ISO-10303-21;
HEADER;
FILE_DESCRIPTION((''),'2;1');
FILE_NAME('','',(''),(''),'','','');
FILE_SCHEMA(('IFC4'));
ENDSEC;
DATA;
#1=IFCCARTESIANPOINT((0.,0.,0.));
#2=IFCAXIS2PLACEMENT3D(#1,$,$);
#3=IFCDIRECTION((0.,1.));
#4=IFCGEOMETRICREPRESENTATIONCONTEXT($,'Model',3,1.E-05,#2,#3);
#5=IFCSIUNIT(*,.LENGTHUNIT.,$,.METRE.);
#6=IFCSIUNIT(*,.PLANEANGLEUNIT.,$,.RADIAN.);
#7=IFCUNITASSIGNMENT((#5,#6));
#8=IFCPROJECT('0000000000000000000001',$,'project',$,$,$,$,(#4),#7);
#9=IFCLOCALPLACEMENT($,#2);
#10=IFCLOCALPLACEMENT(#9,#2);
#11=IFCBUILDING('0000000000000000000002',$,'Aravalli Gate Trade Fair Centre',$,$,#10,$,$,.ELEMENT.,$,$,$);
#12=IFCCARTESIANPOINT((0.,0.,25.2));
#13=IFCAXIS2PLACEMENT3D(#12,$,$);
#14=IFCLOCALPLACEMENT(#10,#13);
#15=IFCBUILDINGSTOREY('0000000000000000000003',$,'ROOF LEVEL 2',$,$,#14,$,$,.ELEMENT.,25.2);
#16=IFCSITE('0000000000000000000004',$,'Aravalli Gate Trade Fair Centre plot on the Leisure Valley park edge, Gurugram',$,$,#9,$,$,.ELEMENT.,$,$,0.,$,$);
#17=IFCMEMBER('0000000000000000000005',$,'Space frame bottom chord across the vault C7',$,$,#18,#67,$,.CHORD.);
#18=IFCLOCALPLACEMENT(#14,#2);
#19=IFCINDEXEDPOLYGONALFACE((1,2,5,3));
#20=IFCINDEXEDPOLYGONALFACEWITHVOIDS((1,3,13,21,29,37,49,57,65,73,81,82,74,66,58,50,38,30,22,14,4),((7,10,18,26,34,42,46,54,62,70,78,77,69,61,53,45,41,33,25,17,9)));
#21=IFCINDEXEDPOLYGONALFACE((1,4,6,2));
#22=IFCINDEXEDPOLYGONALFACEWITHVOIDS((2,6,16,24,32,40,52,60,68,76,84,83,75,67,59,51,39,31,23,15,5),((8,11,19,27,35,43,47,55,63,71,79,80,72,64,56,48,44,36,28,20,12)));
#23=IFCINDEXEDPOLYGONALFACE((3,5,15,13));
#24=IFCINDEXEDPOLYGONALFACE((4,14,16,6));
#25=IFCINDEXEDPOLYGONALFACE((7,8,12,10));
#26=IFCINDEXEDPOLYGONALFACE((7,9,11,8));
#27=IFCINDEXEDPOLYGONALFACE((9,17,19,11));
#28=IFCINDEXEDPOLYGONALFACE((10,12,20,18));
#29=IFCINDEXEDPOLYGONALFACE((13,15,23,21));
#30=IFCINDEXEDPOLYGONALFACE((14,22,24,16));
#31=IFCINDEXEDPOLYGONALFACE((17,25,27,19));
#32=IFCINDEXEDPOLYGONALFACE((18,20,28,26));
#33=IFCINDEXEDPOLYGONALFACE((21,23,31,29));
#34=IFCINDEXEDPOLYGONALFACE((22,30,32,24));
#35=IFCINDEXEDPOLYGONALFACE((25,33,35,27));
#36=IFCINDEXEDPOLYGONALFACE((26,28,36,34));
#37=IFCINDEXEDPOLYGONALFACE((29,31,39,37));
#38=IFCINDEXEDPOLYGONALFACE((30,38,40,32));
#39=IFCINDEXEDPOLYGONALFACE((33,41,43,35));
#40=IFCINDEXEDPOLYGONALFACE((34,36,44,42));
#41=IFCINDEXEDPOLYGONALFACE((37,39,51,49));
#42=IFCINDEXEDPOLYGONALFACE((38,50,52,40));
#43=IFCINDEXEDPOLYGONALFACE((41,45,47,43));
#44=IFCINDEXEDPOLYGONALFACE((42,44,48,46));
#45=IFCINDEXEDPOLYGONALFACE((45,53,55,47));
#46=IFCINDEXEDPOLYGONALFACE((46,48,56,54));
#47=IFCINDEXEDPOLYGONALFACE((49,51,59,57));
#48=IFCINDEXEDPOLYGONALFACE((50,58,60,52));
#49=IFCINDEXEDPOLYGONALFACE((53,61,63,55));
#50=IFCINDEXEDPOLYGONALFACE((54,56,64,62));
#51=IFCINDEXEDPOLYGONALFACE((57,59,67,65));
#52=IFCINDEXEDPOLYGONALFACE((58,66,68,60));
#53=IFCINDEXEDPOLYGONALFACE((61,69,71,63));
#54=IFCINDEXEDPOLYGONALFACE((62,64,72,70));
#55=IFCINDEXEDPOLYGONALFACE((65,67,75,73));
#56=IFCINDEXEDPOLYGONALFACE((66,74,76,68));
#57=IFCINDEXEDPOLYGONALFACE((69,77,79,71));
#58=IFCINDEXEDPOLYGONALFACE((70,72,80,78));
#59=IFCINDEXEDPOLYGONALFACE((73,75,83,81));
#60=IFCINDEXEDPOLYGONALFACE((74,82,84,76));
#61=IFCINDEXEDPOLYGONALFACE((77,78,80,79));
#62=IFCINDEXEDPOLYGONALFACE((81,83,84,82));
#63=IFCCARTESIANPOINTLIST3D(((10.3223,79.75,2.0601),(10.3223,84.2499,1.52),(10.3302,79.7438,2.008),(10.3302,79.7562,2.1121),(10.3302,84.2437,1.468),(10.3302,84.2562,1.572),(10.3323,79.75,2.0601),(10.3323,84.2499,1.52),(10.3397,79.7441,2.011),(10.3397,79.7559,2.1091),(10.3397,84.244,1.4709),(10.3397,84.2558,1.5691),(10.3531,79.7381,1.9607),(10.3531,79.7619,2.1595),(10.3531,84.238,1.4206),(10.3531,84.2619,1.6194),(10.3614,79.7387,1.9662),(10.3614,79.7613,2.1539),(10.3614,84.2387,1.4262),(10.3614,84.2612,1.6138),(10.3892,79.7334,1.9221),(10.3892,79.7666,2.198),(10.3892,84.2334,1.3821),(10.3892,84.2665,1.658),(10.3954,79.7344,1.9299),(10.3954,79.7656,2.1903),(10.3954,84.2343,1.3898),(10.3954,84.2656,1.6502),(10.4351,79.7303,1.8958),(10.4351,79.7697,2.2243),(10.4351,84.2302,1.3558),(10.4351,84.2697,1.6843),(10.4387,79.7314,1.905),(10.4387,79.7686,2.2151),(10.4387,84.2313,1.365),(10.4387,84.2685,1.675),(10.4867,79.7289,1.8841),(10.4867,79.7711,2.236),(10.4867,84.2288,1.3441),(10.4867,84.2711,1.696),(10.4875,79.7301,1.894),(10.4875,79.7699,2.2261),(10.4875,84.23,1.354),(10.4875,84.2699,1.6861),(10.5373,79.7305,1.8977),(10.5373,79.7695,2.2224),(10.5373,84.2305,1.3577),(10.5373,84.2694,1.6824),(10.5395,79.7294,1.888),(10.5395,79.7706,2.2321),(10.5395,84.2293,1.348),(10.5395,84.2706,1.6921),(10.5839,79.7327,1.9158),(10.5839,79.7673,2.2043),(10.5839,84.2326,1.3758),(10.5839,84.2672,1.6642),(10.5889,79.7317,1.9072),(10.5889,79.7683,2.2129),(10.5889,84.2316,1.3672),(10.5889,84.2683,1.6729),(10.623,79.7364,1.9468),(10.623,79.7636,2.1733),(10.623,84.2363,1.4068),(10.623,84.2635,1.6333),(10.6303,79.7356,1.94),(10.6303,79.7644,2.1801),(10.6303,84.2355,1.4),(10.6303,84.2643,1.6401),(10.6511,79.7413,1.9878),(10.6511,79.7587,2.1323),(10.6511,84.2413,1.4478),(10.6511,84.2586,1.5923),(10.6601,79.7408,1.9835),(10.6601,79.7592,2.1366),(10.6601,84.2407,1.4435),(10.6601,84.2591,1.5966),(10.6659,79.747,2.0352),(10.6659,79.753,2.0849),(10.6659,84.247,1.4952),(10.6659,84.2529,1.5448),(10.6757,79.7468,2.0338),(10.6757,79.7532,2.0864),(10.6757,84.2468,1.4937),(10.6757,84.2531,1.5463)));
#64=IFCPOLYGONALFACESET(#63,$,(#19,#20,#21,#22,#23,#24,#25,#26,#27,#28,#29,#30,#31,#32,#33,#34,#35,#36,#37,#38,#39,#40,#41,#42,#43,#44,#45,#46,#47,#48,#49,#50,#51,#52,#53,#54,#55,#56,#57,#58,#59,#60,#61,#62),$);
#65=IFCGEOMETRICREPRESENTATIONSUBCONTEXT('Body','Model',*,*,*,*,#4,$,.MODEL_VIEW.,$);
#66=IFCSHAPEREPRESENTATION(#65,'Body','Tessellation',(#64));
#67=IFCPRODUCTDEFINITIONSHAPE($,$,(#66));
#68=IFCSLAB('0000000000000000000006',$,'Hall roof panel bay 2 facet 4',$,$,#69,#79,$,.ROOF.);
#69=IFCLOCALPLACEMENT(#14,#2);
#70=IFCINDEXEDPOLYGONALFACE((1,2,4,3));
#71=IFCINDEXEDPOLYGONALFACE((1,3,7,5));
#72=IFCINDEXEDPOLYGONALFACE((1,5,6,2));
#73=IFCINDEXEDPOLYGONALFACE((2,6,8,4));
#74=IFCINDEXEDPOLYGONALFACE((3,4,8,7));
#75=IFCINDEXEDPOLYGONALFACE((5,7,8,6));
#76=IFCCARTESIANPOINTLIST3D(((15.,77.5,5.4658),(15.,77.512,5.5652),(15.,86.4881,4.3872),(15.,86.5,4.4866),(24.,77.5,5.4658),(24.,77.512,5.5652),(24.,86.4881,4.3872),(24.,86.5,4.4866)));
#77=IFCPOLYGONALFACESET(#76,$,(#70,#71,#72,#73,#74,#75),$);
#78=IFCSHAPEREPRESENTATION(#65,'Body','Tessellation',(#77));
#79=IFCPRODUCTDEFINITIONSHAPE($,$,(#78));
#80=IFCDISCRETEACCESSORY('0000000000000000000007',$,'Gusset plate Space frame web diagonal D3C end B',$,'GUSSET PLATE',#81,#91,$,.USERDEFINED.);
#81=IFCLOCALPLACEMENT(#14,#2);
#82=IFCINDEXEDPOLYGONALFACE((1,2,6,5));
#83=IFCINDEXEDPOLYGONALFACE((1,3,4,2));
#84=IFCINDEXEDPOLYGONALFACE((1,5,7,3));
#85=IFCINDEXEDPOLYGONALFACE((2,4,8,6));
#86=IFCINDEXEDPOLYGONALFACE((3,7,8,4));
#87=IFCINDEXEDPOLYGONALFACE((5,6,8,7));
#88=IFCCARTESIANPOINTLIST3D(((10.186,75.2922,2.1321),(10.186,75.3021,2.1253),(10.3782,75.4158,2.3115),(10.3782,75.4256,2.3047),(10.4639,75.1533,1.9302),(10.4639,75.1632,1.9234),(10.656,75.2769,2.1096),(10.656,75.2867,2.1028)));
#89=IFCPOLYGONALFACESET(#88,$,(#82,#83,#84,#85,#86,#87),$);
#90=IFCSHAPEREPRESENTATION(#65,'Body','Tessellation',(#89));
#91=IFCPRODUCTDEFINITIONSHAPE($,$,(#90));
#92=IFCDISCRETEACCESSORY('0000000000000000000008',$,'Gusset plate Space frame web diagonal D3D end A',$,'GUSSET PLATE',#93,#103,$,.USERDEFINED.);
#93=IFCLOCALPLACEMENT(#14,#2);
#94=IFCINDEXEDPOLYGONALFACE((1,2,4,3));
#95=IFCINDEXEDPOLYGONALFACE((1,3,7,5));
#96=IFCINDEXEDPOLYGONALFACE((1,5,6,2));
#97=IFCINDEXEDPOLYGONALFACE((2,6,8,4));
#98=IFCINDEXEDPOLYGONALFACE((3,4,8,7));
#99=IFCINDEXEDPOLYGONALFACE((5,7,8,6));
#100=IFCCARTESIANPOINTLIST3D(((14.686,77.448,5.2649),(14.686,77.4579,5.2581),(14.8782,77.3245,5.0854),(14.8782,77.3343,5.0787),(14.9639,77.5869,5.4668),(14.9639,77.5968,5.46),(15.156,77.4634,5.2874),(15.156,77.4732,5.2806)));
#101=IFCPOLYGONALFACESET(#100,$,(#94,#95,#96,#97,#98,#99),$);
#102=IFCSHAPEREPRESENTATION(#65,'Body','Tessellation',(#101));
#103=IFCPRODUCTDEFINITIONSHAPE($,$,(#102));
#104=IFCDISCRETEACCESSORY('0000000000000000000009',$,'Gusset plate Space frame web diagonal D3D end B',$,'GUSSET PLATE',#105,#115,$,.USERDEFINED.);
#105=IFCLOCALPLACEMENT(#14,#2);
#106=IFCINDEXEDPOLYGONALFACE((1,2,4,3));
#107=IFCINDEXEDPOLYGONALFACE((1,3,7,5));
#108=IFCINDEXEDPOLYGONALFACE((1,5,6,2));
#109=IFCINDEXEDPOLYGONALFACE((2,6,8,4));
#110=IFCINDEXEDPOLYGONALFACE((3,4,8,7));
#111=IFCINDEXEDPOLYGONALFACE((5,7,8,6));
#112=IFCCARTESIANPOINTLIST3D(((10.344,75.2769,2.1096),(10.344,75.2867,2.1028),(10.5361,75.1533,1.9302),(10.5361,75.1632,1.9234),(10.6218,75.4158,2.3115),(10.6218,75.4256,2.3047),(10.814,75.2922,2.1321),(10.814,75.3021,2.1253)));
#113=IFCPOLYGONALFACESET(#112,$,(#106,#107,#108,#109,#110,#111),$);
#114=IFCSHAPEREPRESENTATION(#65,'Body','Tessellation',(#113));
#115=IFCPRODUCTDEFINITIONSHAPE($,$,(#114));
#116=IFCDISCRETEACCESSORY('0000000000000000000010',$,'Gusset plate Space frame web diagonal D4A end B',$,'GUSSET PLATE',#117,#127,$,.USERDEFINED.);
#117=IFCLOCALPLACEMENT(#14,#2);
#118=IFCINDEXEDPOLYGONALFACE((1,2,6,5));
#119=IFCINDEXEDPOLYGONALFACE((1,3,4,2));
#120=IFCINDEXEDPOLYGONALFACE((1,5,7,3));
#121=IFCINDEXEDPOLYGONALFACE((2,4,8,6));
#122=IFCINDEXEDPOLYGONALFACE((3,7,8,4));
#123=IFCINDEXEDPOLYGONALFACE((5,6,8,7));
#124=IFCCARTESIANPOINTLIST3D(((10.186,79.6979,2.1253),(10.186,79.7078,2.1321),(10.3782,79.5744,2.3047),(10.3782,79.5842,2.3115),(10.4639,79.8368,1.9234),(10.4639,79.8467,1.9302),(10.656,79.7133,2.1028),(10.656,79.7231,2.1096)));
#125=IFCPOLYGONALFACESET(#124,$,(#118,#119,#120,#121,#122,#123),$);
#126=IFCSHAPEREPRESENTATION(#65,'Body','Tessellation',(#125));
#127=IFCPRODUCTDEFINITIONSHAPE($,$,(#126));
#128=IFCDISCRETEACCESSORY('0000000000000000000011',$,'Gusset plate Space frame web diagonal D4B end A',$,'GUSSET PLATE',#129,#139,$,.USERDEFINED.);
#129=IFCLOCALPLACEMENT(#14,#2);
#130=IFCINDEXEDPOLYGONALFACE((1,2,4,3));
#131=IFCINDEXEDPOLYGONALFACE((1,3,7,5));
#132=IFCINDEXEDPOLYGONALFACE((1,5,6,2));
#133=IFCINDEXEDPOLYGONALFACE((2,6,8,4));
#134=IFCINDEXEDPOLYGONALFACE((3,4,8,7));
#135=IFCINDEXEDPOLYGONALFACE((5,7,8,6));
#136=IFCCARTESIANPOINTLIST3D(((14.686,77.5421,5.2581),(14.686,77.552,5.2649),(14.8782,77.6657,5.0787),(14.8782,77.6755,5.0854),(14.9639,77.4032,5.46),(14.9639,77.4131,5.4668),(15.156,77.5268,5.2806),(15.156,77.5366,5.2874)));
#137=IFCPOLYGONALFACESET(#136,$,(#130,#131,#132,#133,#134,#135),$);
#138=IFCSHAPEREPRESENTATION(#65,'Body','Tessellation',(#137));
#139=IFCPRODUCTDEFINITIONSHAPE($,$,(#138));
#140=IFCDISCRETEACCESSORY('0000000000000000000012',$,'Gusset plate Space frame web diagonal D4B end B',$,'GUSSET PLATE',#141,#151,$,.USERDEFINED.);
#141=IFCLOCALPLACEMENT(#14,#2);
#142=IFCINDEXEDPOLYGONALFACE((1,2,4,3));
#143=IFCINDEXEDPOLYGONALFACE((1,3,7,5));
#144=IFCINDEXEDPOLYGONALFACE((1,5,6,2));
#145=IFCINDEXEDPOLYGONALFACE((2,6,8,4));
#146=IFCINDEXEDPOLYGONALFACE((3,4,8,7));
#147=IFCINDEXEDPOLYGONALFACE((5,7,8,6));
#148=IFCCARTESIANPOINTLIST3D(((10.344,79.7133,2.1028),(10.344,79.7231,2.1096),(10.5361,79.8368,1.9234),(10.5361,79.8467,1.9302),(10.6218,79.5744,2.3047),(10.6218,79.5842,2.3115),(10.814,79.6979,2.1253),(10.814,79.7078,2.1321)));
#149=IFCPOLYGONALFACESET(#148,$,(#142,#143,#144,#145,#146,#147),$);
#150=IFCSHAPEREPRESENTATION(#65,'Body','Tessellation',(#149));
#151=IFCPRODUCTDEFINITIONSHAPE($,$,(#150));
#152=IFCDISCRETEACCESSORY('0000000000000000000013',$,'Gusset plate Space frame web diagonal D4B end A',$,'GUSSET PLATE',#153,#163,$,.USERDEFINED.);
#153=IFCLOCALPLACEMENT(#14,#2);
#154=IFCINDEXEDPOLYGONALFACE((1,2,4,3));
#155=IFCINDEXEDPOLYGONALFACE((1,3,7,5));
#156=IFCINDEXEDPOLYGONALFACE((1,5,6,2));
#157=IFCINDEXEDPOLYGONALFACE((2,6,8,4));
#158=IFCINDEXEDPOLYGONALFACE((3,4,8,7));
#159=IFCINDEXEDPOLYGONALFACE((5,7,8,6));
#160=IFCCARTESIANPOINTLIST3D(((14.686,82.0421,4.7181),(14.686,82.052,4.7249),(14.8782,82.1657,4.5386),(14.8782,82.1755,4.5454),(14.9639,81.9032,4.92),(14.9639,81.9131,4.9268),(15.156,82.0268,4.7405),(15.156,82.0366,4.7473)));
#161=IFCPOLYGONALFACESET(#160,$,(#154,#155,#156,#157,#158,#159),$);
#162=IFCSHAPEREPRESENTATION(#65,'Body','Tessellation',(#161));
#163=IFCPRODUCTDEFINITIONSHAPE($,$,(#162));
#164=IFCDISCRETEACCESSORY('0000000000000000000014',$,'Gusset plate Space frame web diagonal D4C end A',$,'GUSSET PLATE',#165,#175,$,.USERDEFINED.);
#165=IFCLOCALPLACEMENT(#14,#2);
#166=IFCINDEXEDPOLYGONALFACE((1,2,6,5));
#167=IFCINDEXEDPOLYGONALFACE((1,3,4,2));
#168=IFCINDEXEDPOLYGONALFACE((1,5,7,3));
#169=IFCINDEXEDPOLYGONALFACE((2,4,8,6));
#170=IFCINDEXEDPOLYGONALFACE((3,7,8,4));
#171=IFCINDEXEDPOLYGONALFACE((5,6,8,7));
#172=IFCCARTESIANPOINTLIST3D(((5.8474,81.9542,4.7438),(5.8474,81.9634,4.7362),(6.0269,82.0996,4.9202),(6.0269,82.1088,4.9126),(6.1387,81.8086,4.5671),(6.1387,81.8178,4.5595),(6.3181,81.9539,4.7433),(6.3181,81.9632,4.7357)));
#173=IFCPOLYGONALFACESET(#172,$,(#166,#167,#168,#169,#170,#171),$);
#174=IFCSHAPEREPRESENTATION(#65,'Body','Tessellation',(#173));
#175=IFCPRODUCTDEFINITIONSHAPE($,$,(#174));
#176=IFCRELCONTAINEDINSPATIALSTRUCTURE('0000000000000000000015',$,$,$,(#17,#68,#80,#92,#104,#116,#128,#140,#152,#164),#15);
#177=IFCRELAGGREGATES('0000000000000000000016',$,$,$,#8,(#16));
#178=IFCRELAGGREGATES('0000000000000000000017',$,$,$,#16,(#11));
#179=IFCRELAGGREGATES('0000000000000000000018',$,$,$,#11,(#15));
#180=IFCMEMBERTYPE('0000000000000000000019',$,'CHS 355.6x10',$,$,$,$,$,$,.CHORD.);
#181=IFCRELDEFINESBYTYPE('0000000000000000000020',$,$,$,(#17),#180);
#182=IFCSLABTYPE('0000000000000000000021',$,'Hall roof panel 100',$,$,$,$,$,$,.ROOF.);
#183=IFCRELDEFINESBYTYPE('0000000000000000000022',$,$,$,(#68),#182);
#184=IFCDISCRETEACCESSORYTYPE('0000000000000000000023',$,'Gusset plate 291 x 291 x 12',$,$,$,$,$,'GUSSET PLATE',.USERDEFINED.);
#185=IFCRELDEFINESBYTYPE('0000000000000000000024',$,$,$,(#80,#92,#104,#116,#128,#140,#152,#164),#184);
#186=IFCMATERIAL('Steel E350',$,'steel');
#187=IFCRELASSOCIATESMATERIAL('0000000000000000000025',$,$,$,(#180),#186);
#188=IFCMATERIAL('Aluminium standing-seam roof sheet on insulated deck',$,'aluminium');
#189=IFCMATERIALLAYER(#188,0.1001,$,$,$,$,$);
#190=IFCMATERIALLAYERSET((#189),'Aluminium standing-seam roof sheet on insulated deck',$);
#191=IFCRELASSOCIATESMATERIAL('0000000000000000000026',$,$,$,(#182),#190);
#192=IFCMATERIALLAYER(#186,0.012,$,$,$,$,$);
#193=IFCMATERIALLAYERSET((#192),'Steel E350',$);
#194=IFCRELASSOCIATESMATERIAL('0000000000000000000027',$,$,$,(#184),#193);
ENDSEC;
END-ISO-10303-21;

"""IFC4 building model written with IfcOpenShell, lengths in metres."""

from ifc_helpers import new_model, si_unit, direction, frame, origin, origin_2d, place, context, subcontext, project, spatial, polyline, hollow_circle, outline, extrude, material, layer, layer_set, material_profile, profile_set, type_object, element, save


model = new_model("IFC4")

# Units and contexts
model_context = context("Model", 3, precision=1e-05, world=origin(), true_north=direction((0.0, 1.0)))
body_context = subcontext(model_context, "Body", "Model", "MODEL_VIEW")
ifc_project = project(units=[si_unit("LENGTHUNIT", "METRE"), si_unit("PLANEANGLEUNIT", "RADIAN")], contexts=[model_context])

# Site, building, storey
site_placement = place(None, origin())
site = spatial("IfcSite", under=ifc_project, at=site_placement, Name="Aravalli Gate Trade Fair Centre plot on the Leisure Valley park edge, Gurugram", CompositionType="ELEMENT", RefElevation=0.0)
building_placement = place(site_placement, origin())
building = spatial("IfcBuilding", under=site, at=building_placement, Name="Aravalli Gate Trade Fair Centre", CompositionType="ELEMENT")
storey_placement = place(building_placement, frame((0.0, 0.0, 25.2)))
storey = spatial("IfcBuildingStorey", under=building, at=storey_placement, Name="ROOF LEVEL 2", CompositionType="ELEMENT", Elevation=25.2)

# Member
ifc_material_1 = material(Name="Steel E350", Category="steel")
ifc_material_profile_1 = material_profile(ifc_material_1, hollow_circle(Radius=0.1777, WallThickness=0.01, at=origin_2d()), Name="CHS 355.6x10")
ifc_profile_set_1 = profile_set([ifc_material_profile_1], Name="Steel E350")
member_type_1 = type_object("IfcMemberType", Name="CHS 355.6x10", PredefinedType="CHORD", material=ifc_profile_set_1)
member_1_placement = place(storey_placement, frame((10.5, 79.75, 2.0601), z_axis=(0.0, 0.992876, -0.119154), x_axis=(-1.0, 0.0, 0.0)))
element("IfcMember", 1, at=member_1_placement, inside=storey, type_object=member_type_1, Name="Space frame bottom chord across the vault C7", PredefinedType="CHORD", context=body_context, shape_type="SweptSolid", body=[
    extrude(hollow_circle(Radius=0.1777, WallThickness=0.01, at=origin_2d()), origin(), (0.0, 0.0, 1.0), 4.5322),
])

# Slab
ifc_material_2 = material(Name="Aluminium standing-seam roof sheet on insulated deck", Category="aluminium")
ifc_layer_1 = layer(ifc_material_2, 0.1001)
ifc_layer_set_1 = layer_set([ifc_layer_1], Name="Aluminium standing-seam roof sheet on insulated deck")
slab_type = type_object("IfcSlabType", Name="Hall roof panel 100", PredefinedType="ROOF", material=ifc_layer_set_1)
slab_placement = place(storey_placement, frame((15.0, 77.512, 5.5652), z_axis=(0.0, 0.119151, 0.992876), x_axis=(1.0, 0.0, 0.0)))
element("IfcSlab", 2, at=slab_placement, inside=storey, type_object=slab_type, Name="Hall roof panel bay 2 facet 4", PredefinedType="ROOF", context=body_context, shape_type="SweptSolid", body=[
    extrude(outline(polyline([(0.0, 0.0), (9.0, 0.0), (9.0, 9.0525), (0.0, 9.0525), (0.0, 0.0)])), origin(), (0.0, 0.0, -1.0), 0.1001),
])

# Discrete accessories
ifc_layer_2 = layer(ifc_material_1, 0.012)
ifc_layer_set_2 = layer_set([ifc_layer_2], Name="Steel E350")
discrete_accessory_type = type_object("IfcDiscreteAccessoryType", Name="Gusset plate 291 x 291 x 12", ElementType="GUSSET PLATE", PredefinedType="USERDEFINED", material=ifc_layer_set_2)
discrete_accessory_1_placement = place(storey_placement, frame((10.186, 75.2922, 2.1321), z_axis=(0.000137, -0.82375, 0.566952), x_axis=(0.749929, -0.374965, -0.544984)))
element("IfcDiscreteAccessory", 3, at=discrete_accessory_1_placement, inside=storey, type_object=discrete_accessory_type, Name="Gusset plate Space frame web diagonal D3C end B", ObjectType="GUSSET PLATE", PredefinedType="USERDEFINED", context=body_context, shape_type="SweptSolid", body=[
    extrude(outline(polyline([(0.0, 0.0), (0.3705, 0.0), (0.3705, 0.2905), (0.0, 0.2905), (0.0, 0.0)])), origin(), (0.0, 0.0, -1.0), 0.012),
])
discrete_accessory_2_placement = place(storey_placement, frame((14.686, 77.448, 5.2649), z_axis=(-0.000137, -0.82375, 0.566952), x_axis=(0.749929, 0.374965, 0.544984)))
element("IfcDiscreteAccessory", 4, at=discrete_accessory_2_placement, inside=storey, type_object=discrete_accessory_type, Name="Gusset plate Space frame web diagonal D3D end A", ObjectType="GUSSET PLATE", PredefinedType="USERDEFINED", context=body_context, shape_type="SweptSolid", body=[
    extrude(outline(polyline([(0.0, 0.0), (0.3705, 0.0), (0.3705, -0.2905), (0.0, -0.2905), (0.0, 0.0)])), origin(), (0.0, 0.0, -1.0), 0.012),
])
discrete_accessory_3_placement = place(storey_placement, frame((10.6218, 75.4158, 2.3115), z_axis=(-0.000137, -0.82375, 0.566952), x_axis=(-0.749929, -0.374965, -0.544984)))
element("IfcDiscreteAccessory", 5, at=discrete_accessory_3_placement, inside=storey, type_object=discrete_accessory_type, Name="Gusset plate Space frame web diagonal D3D end B", ObjectType="GUSSET PLATE", PredefinedType="USERDEFINED", context=body_context, shape_type="SweptSolid", body=[
    extrude(outline(polyline([(0.0, 0.0), (0.3705, 0.0), (0.3705, 0.2905), (0.0, 0.2905), (0.0, 0.0)])), origin(), (0.0, 0.0, -1.0), 0.012),
])
discrete_accessory_4_placement = place(storey_placement, frame((10.186, 79.7078, 2.1321), z_axis=(0.000137, 0.82375, 0.566952), x_axis=(0.749929, 0.374965, -0.544984)))
element("IfcDiscreteAccessory", 6, at=discrete_accessory_4_placement, inside=storey, type_object=discrete_accessory_type, Name="Gusset plate Space frame web diagonal D4A end B", ObjectType="GUSSET PLATE", PredefinedType="USERDEFINED", context=body_context, shape_type="SweptSolid", body=[
    extrude(outline(polyline([(0.0, 0.0), (0.3705, 0.0), (0.3705, -0.2905), (0.0, -0.2905), (0.0, 0.0)])), origin(), (0.0, 0.0, -1.0), 0.012),
])
discrete_accessory_5_placement = place(storey_placement, frame((14.686, 77.552, 5.2649), z_axis=(-0.000137, 0.82375, 0.566952), x_axis=(0.749929, -0.374965, 0.544984)))
element("IfcDiscreteAccessory", 7, at=discrete_accessory_5_placement, inside=storey, type_object=discrete_accessory_type, Name="Gusset plate Space frame web diagonal D4B end A", ObjectType="GUSSET PLATE", PredefinedType="USERDEFINED", context=body_context, shape_type="SweptSolid", body=[
    extrude(outline(polyline([(0.0, 0.0), (0.3705, 0.0), (0.3705, 0.2905), (0.0, 0.2905), (0.0, 0.0)])), origin(), (0.0, 0.0, -1.0), 0.012),
])
discrete_accessory_6_placement = place(storey_placement, frame((10.6218, 79.5842, 2.3115), z_axis=(-0.000137, 0.82375, 0.566952), x_axis=(-0.749929, 0.374965, -0.544984)))
element("IfcDiscreteAccessory", 8, at=discrete_accessory_6_placement, inside=storey, type_object=discrete_accessory_type, Name="Gusset plate Space frame web diagonal D4B end B", ObjectType="GUSSET PLATE", PredefinedType="USERDEFINED", context=body_context, shape_type="SweptSolid", body=[
    extrude(outline(polyline([(0.0, 0.0), (0.3705, 0.0), (0.3705, -0.2905), (0.0, -0.2905), (0.0, 0.0)])), origin(), (0.0, 0.0, -1.0), 0.012),
])
discrete_accessory_7_placement = place(storey_placement, frame((14.686, 82.052, 4.7249), z_axis=(-0.000137, 0.82375, 0.566952), x_axis=(0.749929, -0.374965, 0.544984)))
element("IfcDiscreteAccessory", 9, at=discrete_accessory_7_placement, inside=storey, type_object=discrete_accessory_type, Name="Gusset plate Space frame web diagonal D4B end A", ObjectType="GUSSET PLATE", PredefinedType="USERDEFINED", context=body_context, shape_type="SweptSolid", body=[
    extrude(outline(polyline([(0.0, 0.0), (0.3705, 0.0), (0.3705, 0.2905), (0.0, 0.2905), (0.0, 0.0)])), origin(), (0.0, 0.0, -1.0), 0.012),
])
discrete_accessory_8_placement = place(storey_placement, frame((6.1387, 81.8086, 4.5671), z_axis=(0.00026, -0.771582, 0.63613), x_axis=(-0.78619, 0.392962, 0.476956)))
element("IfcDiscreteAccessory", 10, at=discrete_accessory_8_placement, inside=storey, type_object=discrete_accessory_type, Name="Gusset plate Space frame web diagonal D4C end A", ObjectType="GUSSET PLATE", PredefinedType="USERDEFINED", context=body_context, shape_type="SweptSolid", body=[
    extrude(outline(polyline([(0.0, 0.0), (0.3705, 0.0), (0.3706, -0.2906), (0.0001, -0.2905), (0.0, 0.0)])), origin(), (0.0, 0.0, -1.0), 0.012),
])

save(model, "model.ifc")
